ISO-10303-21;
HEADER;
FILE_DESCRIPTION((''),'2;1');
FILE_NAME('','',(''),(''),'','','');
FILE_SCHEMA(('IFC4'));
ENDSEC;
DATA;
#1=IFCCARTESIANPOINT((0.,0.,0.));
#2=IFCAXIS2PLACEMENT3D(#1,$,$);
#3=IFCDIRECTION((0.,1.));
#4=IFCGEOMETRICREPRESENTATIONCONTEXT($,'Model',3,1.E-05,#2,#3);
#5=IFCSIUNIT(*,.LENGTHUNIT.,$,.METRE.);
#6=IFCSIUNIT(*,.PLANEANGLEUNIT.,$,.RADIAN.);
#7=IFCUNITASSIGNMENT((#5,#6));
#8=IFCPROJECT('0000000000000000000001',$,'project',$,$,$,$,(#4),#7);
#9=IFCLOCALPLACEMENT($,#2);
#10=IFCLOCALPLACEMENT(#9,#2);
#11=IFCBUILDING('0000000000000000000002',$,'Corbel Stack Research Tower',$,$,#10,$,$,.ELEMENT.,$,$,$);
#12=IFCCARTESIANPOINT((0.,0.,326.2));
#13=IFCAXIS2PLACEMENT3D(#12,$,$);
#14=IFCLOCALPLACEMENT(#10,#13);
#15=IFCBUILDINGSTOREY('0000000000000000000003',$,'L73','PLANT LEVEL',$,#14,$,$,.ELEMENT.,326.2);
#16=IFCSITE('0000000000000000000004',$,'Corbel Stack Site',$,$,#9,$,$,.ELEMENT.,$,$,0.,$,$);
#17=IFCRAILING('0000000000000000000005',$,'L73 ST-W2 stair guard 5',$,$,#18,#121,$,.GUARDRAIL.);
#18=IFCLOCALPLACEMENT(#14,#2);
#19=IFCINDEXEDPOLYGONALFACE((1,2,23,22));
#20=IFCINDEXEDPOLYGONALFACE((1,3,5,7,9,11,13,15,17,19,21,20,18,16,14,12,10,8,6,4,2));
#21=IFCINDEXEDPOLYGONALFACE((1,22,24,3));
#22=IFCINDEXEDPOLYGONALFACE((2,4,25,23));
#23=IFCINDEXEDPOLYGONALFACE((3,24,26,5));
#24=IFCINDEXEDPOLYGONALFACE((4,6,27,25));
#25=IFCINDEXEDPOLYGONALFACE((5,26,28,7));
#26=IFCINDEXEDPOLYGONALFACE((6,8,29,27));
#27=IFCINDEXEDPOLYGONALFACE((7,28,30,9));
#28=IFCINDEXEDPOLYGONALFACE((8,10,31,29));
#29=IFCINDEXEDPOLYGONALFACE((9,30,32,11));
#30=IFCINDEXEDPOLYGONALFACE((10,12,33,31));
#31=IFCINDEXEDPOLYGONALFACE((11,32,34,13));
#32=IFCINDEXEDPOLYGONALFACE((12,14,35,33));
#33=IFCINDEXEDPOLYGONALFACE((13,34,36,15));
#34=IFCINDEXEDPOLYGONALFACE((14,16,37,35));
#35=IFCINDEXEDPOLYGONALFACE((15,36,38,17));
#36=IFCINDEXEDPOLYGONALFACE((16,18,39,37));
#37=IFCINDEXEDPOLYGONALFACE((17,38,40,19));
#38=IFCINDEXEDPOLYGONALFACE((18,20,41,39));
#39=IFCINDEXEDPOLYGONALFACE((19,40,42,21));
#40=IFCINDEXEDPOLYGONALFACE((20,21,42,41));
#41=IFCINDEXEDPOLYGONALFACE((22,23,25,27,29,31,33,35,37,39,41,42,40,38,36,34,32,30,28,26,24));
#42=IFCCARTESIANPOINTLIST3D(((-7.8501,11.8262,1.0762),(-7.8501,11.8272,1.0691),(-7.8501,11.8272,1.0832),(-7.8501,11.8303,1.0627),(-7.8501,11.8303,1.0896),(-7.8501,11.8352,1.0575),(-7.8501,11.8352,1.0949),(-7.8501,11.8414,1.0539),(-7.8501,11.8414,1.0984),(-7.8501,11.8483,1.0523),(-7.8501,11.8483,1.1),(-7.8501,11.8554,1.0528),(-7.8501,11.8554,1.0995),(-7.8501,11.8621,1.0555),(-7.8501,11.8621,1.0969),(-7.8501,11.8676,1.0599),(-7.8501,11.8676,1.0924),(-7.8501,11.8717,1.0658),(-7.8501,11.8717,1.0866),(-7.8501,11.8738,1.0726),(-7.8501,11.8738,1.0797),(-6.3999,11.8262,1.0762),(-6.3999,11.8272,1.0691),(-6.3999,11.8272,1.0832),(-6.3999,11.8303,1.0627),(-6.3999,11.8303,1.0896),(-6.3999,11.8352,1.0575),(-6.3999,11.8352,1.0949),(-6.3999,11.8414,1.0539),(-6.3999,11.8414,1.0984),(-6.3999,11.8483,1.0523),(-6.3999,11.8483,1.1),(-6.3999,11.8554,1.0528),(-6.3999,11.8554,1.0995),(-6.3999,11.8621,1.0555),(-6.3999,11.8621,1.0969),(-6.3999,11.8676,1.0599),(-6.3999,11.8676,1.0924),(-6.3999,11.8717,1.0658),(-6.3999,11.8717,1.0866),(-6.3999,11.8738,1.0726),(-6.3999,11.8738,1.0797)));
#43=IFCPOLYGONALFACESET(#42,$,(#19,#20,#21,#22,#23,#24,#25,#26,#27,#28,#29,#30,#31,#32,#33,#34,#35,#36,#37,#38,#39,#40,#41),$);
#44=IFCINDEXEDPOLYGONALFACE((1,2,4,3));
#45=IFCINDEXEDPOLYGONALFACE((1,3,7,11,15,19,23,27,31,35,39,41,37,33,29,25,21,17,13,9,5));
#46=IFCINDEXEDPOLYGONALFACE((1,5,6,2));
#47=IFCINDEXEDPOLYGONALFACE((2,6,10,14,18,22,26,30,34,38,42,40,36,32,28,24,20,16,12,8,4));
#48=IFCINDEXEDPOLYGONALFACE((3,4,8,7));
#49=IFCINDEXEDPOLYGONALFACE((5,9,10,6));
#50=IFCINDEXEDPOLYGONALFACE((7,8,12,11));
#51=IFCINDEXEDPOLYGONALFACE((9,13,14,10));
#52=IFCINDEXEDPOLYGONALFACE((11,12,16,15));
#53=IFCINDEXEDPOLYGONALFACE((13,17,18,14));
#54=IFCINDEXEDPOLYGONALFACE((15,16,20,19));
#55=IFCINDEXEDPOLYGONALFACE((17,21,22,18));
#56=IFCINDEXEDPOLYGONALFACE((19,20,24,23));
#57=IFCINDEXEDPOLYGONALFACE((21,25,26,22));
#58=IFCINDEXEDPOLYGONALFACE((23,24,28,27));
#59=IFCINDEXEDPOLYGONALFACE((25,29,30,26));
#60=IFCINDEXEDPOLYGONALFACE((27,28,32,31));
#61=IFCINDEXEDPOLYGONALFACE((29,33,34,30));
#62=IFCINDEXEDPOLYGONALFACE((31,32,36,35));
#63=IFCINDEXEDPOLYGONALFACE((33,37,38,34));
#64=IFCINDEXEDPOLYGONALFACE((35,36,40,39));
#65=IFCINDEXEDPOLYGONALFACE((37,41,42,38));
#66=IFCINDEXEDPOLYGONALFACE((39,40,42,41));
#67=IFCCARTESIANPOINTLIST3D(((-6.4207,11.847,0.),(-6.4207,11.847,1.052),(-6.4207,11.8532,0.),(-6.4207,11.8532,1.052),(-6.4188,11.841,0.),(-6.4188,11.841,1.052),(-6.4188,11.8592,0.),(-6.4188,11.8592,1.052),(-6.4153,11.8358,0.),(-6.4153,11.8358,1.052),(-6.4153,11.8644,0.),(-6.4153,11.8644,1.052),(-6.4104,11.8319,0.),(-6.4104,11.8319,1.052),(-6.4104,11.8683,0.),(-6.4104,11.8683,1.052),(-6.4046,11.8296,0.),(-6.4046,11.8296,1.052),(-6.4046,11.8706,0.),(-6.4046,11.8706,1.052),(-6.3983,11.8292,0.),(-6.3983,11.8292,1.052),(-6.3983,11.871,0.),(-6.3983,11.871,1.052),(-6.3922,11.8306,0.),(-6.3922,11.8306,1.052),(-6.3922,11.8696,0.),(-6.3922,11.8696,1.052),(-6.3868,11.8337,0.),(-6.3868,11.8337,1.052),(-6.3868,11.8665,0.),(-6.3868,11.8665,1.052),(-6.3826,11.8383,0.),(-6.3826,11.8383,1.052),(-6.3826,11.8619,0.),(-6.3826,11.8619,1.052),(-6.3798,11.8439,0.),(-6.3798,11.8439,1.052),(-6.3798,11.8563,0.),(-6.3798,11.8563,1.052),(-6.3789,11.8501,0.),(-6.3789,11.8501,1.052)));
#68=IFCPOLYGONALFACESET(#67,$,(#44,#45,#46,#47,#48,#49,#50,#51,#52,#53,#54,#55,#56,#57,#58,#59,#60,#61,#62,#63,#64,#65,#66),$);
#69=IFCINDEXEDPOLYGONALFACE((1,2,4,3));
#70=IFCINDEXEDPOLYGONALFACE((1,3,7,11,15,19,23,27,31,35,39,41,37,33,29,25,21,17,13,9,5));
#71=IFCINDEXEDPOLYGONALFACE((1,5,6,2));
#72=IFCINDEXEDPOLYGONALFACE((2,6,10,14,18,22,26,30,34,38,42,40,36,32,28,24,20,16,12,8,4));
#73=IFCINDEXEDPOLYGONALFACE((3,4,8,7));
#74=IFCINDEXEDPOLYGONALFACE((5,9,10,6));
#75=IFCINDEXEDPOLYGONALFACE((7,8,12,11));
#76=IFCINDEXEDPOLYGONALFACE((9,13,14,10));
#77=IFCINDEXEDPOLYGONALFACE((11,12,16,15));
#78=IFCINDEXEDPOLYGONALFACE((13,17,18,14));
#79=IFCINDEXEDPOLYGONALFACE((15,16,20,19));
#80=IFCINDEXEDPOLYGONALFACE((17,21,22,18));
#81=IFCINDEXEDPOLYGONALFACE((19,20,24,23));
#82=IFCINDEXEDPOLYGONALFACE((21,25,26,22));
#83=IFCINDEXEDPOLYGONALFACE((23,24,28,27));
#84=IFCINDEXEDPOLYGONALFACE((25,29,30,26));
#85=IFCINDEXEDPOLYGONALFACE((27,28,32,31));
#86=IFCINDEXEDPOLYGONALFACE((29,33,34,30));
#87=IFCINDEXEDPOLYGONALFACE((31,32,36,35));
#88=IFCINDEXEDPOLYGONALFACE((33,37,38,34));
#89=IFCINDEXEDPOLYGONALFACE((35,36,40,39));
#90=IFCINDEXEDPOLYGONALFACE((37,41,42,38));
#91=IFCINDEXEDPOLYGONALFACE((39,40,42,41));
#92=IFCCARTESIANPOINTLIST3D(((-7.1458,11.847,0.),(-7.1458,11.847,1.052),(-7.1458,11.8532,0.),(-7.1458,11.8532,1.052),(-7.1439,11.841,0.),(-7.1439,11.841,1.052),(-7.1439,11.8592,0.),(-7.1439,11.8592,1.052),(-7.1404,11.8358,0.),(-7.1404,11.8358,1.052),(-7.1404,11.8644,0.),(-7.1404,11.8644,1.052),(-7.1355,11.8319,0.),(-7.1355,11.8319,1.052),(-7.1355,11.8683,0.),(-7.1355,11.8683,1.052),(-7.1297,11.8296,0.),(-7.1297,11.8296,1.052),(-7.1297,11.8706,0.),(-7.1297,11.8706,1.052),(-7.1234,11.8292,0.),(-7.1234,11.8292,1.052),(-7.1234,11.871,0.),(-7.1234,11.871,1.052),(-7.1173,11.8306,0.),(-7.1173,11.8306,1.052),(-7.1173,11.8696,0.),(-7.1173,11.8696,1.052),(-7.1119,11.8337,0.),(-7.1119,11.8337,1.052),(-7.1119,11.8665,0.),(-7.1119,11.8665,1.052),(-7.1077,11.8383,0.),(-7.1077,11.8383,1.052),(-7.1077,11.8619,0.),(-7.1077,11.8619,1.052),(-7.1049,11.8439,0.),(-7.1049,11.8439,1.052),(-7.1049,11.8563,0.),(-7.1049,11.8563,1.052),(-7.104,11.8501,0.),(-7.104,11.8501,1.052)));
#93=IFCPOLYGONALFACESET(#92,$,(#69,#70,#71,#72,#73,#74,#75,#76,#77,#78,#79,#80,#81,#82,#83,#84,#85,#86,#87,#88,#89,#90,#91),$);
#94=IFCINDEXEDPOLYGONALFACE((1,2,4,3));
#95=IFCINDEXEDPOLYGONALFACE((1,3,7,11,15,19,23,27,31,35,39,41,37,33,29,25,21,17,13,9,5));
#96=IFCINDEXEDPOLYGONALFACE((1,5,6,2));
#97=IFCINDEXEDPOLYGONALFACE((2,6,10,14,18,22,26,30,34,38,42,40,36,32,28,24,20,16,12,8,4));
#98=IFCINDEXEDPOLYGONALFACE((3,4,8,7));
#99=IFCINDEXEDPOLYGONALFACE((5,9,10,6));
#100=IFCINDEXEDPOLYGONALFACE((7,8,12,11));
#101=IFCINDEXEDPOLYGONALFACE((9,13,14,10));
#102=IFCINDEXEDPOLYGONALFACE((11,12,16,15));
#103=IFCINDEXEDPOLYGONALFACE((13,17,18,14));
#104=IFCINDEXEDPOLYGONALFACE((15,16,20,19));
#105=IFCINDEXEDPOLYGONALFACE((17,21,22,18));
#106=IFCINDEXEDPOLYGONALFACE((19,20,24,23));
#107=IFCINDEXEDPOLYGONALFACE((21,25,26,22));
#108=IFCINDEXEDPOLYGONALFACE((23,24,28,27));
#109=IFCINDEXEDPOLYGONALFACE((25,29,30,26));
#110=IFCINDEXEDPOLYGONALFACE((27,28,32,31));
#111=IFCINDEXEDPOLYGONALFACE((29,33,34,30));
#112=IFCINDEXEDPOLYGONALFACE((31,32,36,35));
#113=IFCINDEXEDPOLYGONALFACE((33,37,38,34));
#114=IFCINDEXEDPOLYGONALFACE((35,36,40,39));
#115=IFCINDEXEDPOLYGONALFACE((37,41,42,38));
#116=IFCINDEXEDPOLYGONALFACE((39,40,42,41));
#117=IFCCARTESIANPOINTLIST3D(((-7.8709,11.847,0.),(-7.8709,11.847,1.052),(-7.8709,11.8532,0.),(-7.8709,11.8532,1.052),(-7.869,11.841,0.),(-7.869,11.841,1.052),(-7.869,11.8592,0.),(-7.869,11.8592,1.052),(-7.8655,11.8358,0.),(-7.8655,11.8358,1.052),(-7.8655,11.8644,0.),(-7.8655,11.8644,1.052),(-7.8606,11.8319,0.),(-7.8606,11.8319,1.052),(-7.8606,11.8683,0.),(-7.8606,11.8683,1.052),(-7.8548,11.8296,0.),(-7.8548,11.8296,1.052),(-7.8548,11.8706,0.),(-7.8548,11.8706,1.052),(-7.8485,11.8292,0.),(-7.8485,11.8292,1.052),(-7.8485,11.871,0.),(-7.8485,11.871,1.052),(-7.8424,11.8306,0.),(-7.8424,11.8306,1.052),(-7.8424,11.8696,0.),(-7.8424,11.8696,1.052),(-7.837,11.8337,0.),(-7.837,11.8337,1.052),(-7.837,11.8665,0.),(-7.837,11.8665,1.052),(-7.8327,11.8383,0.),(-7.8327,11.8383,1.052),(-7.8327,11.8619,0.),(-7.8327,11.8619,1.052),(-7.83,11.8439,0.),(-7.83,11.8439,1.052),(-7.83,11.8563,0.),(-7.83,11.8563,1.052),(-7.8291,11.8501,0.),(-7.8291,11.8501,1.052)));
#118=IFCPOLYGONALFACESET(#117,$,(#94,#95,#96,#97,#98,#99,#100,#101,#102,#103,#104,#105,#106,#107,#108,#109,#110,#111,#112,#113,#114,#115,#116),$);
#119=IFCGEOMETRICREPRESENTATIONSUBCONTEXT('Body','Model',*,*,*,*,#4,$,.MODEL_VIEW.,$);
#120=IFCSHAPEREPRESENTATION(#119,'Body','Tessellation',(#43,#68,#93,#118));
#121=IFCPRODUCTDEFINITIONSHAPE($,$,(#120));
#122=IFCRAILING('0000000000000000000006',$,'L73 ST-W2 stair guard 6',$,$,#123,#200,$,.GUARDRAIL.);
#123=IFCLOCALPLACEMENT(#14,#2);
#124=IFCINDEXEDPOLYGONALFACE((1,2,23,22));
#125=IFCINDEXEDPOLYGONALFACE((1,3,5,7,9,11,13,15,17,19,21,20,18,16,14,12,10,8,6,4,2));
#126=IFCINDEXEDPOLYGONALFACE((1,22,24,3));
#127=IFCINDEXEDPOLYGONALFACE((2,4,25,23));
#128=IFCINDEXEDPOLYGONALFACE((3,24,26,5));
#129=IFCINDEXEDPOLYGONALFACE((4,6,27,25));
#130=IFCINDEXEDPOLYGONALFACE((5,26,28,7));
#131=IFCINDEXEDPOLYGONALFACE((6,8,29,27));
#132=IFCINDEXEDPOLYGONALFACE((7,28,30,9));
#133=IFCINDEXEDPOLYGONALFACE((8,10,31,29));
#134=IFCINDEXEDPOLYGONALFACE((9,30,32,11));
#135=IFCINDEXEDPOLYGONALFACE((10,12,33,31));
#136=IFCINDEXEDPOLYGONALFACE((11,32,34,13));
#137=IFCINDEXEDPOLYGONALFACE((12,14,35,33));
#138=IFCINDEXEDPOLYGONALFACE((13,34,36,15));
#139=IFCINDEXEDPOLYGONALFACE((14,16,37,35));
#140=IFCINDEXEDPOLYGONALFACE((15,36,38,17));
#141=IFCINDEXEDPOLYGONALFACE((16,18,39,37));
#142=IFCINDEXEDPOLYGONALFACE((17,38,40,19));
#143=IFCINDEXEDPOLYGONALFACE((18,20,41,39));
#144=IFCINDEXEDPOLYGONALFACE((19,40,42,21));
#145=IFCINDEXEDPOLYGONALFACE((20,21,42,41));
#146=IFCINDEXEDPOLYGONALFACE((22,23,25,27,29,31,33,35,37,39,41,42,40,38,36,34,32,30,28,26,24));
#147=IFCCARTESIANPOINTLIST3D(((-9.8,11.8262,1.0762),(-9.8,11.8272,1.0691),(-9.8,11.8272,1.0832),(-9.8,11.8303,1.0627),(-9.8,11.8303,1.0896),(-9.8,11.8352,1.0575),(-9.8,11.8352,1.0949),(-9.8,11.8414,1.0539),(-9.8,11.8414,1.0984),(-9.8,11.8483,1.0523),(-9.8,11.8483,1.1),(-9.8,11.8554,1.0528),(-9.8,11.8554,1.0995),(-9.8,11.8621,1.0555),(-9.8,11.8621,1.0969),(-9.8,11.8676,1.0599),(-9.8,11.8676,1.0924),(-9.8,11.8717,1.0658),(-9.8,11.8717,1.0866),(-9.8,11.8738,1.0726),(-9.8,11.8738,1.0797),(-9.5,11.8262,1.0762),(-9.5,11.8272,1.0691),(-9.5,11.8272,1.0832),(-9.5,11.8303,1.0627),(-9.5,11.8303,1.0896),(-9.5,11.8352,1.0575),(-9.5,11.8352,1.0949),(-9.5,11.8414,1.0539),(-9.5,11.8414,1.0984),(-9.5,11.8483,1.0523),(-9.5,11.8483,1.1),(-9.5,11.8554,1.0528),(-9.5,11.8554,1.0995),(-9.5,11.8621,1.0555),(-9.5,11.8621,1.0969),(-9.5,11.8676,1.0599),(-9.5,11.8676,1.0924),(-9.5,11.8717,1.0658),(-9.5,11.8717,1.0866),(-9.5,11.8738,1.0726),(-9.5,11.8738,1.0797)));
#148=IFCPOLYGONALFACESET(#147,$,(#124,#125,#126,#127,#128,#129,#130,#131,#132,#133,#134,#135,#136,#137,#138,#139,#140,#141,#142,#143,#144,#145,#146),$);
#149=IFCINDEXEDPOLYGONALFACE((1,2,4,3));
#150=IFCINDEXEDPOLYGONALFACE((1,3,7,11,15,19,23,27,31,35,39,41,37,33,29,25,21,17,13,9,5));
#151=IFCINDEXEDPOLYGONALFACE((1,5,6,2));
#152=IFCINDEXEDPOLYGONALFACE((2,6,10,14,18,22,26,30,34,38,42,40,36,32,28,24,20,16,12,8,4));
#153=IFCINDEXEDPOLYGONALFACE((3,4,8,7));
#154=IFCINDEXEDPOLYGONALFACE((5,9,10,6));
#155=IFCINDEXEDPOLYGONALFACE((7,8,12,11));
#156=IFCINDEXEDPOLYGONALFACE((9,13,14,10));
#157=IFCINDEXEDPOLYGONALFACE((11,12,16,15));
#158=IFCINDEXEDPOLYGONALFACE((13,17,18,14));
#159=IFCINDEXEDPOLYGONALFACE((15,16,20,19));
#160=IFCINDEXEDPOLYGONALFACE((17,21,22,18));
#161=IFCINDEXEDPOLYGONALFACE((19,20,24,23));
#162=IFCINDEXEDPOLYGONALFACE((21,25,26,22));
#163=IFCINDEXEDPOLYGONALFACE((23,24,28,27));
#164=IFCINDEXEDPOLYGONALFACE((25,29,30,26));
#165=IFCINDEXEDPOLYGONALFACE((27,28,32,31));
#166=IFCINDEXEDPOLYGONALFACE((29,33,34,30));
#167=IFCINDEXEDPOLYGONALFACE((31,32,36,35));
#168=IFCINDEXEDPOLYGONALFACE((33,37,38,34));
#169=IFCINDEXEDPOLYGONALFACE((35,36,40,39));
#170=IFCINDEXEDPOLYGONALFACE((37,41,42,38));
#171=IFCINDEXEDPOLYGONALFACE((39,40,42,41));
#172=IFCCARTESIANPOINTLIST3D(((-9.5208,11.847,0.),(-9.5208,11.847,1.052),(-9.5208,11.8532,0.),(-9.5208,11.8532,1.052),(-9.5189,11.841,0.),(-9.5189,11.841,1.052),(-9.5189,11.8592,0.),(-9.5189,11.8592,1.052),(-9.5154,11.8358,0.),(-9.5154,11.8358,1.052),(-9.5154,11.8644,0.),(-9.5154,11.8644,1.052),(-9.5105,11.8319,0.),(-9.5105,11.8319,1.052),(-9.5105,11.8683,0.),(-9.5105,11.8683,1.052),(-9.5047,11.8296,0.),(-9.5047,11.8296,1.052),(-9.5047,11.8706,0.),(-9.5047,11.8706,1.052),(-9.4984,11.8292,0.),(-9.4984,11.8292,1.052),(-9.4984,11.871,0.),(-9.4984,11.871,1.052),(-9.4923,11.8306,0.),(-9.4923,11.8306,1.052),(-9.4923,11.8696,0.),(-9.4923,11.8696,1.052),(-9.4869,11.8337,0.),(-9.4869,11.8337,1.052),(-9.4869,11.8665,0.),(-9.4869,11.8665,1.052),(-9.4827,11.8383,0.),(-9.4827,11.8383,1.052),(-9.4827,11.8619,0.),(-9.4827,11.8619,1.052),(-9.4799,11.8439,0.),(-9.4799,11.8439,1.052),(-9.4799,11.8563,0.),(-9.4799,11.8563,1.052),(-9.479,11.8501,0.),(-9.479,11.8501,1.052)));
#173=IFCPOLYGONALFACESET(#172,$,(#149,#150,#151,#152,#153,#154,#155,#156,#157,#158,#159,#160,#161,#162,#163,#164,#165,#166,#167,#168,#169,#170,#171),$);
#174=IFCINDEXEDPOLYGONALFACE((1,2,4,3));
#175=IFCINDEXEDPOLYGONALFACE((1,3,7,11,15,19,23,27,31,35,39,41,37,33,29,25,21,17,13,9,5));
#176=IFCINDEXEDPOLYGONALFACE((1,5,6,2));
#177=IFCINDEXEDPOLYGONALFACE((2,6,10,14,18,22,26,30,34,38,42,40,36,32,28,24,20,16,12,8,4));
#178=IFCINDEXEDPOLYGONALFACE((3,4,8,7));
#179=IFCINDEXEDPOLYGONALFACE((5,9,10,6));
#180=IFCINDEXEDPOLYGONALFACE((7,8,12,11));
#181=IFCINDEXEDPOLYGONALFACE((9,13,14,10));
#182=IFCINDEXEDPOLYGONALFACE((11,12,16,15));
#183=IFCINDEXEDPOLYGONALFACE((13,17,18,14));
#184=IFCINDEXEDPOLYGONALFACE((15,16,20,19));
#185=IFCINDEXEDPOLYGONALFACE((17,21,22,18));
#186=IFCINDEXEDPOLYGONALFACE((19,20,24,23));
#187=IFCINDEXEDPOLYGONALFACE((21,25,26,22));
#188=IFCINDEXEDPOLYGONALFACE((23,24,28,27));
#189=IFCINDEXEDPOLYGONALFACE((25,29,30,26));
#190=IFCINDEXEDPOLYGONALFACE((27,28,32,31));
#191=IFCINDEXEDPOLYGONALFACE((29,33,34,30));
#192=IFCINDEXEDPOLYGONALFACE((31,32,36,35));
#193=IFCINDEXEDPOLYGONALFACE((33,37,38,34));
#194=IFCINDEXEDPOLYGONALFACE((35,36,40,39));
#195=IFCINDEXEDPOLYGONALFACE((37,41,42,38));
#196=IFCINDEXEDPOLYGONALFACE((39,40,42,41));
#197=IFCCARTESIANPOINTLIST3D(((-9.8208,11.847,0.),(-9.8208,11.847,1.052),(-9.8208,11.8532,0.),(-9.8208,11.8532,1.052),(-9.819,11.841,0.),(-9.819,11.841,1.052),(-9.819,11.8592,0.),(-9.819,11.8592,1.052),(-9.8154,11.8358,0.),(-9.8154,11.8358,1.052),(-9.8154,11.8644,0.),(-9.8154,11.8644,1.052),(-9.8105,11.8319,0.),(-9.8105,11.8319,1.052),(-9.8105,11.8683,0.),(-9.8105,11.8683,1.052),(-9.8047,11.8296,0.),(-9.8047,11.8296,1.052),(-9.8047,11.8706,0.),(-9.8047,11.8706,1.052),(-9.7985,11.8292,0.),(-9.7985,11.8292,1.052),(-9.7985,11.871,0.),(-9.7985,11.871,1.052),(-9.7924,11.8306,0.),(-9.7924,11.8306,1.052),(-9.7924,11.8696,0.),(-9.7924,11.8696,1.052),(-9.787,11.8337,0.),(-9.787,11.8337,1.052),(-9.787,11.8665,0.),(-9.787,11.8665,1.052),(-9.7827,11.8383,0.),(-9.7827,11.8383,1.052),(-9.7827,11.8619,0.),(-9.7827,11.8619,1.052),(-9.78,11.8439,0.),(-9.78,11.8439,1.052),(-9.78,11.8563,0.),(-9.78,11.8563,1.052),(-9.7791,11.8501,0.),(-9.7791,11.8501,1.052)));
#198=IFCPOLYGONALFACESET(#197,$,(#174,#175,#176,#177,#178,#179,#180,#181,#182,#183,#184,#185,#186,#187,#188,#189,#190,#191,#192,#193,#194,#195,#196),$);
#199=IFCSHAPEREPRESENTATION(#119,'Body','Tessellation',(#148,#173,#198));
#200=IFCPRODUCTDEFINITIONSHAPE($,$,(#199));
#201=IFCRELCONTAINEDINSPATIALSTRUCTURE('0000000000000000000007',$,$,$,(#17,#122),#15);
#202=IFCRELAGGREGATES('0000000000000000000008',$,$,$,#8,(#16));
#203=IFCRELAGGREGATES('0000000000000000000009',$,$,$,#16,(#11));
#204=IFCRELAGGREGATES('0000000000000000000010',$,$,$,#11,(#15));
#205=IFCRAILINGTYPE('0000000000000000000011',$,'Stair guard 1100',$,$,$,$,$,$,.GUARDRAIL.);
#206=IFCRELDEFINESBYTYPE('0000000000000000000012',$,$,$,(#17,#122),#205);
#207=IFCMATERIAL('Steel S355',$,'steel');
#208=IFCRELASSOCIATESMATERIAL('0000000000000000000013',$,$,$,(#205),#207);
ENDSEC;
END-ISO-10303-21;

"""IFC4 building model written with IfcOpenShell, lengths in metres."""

from ifc_helpers import new_model, si_unit, direction, frame, origin, origin_2d, place, context, subcontext, project, spatial, circle, extrude, material, type_object, element, save


model = new_model("IFC4")

# Units and contexts
model_context = context("Model", 3, precision=1e-05, world=origin(), true_north=direction((0.0, 1.0)))
body_context = subcontext(model_context, "Body", "Model", "MODEL_VIEW")
ifc_project = project(units=[si_unit("LENGTHUNIT", "METRE"), si_unit("PLANEANGLEUNIT", "RADIAN")], contexts=[model_context])

# Site, building, storey
site_placement = place(None, origin())
site = spatial("IfcSite", under=ifc_project, at=site_placement, Name="Corbel Stack Site", CompositionType="ELEMENT", RefElevation=0.0)
building_placement = place(site_placement, origin())
building = spatial("IfcBuilding", under=site, at=building_placement, Name="Corbel Stack Research Tower", CompositionType="ELEMENT")
storey_placement = place(building_placement, frame((0.0, 0.0, 326.2)))
storey = spatial("IfcBuildingStorey", under=building, at=storey_placement, Name="L73", Description="PLANT LEVEL", CompositionType="ELEMENT", Elevation=326.2)

# Railings
ifc_material_1 = material(Name="Steel S355", Category="steel")
railing_type_1 = type_object("IfcRailingType", Name="Stair guard 1100", PredefinedType="GUARDRAIL", material=ifc_material_1)
railing_1_placement = place(storey_placement, frame((-6.3999, 11.8501, 0.0)))
element("IfcRailing", 1, at=railing_1_placement, inside=storey, type_object=railing_type_1, Name="L73 ST-W2 stair guard 5", PredefinedType="GUARDRAIL", context=body_context, shape_type="SweptSolid", body=[
    extrude(circle(Radius=0.0239, at=origin_2d()), frame((0.0, 0.0, 1.0762), z_axis=(-1.0, 0.0, 0.0), x_axis=(0.0, -1.0, 0.0)), (0.0, 0.0, 1.0), 1.4502),
    extrude(circle(Radius=0.021, at=origin_2d()), origin(), (0.0, 0.0, 1.0), 1.052),
    extrude(circle(Radius=0.021, at=origin_2d()), frame((-0.7251, 0.0, 0.0)), (0.0, 0.0, 1.0), 1.052),
    extrude(circle(Radius=0.021, at=origin_2d()), frame((-1.4502, 0.0, 0.0)), (0.0, 0.0, 1.0), 1.052),
])
railing_2_placement = place(storey_placement, frame((-9.5, 11.8501, 0.0)))
element("IfcRailing", 2, at=railing_2_placement, inside=storey, type_object=railing_type_1, Name="L73 ST-W2 stair guard 6", PredefinedType="GUARDRAIL", context=body_context, shape_type="SweptSolid", body=[
    extrude(circle(Radius=0.0239, at=origin_2d()), frame((0.0, 0.0, 1.0762), z_axis=(-1.0, 0.0, 0.0), x_axis=(0.0, -1.0, 0.0)), (0.0, 0.0, 1.0), 0.3),
    extrude(circle(Radius=0.021, at=origin_2d()), origin(), (0.0, 0.0, 1.0), 1.052),
    extrude(circle(Radius=0.021, at=origin_2d()), frame((-0.3, 0.0, 0.0)), (0.0, 0.0, 1.0), 1.052),
])

save(model, "model.ifc")
